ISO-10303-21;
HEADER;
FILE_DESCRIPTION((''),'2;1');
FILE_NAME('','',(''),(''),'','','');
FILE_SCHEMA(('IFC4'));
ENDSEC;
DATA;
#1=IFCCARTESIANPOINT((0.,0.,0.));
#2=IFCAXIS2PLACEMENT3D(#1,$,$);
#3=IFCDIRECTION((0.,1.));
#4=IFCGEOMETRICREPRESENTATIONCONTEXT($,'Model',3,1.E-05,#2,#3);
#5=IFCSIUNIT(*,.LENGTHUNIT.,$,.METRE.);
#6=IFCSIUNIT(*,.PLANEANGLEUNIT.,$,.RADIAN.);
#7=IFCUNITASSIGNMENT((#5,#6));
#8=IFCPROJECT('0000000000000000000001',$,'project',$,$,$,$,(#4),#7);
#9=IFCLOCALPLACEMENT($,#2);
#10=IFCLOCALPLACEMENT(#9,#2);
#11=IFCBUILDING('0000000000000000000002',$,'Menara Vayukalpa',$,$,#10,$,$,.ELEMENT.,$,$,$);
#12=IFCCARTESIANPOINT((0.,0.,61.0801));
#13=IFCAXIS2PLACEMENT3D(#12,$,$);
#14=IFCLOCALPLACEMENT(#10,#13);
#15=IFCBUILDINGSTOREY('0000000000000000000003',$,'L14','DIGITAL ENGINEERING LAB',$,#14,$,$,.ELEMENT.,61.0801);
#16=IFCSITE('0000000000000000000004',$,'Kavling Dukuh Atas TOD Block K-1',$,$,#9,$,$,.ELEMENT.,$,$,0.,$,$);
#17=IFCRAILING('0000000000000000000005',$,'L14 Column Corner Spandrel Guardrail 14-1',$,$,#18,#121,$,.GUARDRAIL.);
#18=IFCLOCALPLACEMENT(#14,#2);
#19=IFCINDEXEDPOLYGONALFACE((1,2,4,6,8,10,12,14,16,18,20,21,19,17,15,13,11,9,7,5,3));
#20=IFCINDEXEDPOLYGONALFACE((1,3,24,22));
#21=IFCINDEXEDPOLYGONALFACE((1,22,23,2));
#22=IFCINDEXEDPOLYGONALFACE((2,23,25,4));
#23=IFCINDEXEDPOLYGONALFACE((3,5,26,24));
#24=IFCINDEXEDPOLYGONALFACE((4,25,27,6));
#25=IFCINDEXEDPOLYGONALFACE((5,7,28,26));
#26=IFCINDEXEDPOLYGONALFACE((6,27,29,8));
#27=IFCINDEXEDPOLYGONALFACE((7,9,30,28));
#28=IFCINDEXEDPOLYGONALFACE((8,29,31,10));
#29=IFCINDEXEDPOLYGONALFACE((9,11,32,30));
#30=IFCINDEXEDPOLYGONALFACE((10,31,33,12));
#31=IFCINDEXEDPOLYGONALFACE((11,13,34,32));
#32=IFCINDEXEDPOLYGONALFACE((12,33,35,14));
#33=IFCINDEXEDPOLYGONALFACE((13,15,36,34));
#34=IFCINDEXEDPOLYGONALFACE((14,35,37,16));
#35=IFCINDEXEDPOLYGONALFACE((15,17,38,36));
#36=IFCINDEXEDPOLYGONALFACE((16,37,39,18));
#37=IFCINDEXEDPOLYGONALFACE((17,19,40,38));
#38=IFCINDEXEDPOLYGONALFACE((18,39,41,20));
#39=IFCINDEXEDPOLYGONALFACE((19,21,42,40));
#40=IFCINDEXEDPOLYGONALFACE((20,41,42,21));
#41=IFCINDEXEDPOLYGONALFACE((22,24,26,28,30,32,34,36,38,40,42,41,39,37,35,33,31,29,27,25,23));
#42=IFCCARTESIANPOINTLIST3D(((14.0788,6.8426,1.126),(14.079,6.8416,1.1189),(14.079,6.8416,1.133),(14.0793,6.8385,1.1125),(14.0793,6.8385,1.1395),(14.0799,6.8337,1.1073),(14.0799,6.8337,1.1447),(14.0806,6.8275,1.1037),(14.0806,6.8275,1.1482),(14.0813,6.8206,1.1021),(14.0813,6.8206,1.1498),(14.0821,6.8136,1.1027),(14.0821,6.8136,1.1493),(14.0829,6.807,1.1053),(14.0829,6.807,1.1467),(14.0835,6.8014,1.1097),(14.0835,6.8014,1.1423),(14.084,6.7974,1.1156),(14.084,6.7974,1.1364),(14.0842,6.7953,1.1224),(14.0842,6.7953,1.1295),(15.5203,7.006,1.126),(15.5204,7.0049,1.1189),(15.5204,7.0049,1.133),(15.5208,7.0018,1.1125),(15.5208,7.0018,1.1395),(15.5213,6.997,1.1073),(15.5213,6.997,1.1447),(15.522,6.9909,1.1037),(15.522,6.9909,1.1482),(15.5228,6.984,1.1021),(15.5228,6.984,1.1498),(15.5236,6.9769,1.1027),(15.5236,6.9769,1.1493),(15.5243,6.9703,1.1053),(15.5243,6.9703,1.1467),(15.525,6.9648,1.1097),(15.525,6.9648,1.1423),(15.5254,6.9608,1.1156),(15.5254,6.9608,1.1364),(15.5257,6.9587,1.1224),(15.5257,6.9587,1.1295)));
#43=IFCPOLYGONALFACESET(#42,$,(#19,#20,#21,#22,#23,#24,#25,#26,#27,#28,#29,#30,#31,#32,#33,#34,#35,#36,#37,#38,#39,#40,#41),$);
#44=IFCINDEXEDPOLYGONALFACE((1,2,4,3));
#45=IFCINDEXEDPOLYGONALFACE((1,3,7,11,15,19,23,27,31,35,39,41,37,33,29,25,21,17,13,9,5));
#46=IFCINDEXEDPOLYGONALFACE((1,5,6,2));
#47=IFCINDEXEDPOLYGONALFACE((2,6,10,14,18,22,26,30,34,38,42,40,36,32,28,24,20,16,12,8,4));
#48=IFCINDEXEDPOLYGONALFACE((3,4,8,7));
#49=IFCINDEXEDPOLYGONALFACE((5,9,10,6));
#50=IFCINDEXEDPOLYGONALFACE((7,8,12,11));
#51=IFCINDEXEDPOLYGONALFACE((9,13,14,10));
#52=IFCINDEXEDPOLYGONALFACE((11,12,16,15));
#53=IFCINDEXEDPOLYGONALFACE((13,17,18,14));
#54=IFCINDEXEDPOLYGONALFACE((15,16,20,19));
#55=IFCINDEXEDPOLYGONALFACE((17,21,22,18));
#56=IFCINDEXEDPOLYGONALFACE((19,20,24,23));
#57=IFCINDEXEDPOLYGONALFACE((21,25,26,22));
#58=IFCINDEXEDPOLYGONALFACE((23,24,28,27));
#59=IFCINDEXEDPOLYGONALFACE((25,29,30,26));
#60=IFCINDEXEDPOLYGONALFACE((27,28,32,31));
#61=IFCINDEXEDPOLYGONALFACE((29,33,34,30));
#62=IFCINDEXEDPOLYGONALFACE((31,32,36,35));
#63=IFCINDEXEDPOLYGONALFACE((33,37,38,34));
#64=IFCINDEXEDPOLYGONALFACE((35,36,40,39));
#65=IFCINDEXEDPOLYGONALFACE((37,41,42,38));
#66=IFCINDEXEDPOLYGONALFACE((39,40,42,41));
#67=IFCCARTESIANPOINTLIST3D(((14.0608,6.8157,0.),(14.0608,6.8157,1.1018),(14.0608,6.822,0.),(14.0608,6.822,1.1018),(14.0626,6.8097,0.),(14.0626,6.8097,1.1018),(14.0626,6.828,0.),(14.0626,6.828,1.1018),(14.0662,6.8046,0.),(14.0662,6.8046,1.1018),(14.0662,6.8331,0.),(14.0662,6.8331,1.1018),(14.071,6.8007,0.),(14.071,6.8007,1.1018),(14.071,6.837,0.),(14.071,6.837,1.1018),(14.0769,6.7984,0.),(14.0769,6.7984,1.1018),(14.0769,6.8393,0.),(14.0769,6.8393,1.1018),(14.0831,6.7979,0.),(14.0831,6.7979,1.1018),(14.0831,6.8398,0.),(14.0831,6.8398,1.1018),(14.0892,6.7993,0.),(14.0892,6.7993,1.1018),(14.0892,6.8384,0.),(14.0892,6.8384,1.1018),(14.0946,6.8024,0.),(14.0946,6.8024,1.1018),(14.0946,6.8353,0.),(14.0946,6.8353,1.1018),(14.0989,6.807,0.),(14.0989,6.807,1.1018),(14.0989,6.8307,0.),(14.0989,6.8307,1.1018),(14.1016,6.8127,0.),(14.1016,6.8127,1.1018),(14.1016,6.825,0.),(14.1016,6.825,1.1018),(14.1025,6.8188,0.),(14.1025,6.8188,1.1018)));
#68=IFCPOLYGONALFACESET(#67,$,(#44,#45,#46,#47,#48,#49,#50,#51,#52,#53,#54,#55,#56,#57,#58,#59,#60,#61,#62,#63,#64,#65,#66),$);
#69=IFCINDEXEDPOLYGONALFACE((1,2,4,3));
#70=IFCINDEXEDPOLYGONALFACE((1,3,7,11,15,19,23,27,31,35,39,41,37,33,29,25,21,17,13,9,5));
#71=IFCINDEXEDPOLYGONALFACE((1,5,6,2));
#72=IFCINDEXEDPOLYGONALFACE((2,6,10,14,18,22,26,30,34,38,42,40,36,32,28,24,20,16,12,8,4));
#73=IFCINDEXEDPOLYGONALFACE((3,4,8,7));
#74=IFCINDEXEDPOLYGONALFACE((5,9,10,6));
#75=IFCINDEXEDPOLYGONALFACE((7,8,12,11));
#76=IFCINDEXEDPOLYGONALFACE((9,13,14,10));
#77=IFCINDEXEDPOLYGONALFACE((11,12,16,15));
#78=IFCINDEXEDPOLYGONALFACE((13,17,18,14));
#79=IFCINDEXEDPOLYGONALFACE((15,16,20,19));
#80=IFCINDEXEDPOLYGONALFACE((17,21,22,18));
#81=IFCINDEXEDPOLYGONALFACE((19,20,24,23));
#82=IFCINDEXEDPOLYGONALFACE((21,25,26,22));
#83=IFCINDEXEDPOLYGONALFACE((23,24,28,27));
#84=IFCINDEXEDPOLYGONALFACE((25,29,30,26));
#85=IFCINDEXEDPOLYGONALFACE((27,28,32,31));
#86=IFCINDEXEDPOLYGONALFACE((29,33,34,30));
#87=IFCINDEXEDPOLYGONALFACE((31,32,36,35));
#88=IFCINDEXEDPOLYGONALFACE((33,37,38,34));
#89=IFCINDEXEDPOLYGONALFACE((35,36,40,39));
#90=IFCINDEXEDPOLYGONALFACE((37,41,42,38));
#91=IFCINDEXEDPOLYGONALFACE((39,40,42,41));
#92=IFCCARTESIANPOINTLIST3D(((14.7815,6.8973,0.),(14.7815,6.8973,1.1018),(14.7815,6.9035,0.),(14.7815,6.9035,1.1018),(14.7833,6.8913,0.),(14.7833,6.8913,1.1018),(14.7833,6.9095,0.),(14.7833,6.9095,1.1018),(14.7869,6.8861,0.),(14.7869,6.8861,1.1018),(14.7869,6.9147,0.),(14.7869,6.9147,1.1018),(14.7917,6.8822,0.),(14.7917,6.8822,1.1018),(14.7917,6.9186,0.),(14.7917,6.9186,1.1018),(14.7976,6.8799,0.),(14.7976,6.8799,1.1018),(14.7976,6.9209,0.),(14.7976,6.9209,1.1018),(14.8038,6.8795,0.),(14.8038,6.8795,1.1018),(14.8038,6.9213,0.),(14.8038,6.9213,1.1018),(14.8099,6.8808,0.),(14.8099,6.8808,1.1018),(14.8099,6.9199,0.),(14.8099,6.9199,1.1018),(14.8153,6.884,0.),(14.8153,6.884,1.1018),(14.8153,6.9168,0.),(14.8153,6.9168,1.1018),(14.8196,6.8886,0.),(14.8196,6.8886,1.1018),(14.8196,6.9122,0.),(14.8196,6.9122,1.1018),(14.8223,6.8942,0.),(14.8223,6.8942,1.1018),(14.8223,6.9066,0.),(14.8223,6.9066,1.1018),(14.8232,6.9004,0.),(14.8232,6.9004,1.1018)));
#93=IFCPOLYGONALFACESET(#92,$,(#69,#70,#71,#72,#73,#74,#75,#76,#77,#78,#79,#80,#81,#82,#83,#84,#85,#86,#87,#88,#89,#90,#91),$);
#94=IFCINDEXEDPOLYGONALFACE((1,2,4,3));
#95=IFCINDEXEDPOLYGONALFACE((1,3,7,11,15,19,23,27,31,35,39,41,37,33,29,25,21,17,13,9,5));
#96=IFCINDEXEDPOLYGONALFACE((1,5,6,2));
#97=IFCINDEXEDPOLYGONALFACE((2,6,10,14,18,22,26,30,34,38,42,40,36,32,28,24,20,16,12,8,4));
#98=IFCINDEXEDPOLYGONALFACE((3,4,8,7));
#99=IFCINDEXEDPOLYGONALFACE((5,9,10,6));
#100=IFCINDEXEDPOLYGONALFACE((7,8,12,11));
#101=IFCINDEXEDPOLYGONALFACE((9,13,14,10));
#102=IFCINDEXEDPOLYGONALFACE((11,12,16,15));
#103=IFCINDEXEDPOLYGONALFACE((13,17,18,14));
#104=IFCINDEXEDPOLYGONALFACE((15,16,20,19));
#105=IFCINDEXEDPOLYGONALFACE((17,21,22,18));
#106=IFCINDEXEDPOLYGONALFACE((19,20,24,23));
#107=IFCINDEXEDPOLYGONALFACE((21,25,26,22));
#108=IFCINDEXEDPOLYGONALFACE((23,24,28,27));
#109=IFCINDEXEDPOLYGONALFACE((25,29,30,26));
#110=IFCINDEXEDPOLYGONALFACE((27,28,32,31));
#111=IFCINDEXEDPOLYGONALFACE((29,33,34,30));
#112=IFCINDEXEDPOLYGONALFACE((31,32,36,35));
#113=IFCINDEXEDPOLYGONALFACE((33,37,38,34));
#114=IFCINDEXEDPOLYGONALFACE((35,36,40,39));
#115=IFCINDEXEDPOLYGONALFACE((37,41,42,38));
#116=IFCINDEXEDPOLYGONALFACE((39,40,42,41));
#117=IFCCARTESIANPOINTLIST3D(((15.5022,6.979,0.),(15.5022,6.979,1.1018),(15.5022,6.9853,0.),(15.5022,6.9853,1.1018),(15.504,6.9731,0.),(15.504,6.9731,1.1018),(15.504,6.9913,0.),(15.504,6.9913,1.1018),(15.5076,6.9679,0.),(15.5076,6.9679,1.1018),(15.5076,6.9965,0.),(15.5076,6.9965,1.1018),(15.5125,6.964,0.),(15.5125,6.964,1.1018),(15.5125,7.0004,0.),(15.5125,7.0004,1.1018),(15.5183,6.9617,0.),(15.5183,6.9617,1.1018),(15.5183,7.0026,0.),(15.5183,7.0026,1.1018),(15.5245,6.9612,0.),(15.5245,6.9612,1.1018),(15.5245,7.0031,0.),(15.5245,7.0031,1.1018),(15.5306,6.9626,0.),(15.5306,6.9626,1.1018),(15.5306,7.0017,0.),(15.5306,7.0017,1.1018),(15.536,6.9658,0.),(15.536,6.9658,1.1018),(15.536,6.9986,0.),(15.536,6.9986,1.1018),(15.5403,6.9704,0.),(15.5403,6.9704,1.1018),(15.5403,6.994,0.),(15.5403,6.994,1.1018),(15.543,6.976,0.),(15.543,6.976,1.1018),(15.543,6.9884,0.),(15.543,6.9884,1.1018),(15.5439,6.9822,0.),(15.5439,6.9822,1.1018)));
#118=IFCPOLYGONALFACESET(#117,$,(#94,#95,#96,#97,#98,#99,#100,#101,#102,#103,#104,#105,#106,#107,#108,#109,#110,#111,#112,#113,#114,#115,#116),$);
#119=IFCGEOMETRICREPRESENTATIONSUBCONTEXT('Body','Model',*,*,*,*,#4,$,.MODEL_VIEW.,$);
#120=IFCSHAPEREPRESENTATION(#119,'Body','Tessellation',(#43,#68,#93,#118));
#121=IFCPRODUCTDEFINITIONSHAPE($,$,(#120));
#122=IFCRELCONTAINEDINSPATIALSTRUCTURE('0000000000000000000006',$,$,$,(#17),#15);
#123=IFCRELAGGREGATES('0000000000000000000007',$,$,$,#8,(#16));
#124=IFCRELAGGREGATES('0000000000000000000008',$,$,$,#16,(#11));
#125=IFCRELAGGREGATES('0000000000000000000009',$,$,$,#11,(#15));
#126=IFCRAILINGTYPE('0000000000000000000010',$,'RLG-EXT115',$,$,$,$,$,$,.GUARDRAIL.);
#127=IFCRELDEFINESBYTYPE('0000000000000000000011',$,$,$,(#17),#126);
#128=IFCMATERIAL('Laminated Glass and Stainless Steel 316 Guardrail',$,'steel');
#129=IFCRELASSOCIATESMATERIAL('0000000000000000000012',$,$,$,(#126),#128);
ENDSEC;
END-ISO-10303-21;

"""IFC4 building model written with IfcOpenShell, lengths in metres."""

from ifc_helpers import new_model, si_unit, direction, frame, origin, origin_2d, place, context, subcontext, project, spatial, circle, extrude, material, type_object, element, save


model = new_model("IFC4")

# Units and contexts
model_context = context("Model", 3, precision=1e-05, world=origin(), true_north=direction((0.0, 1.0)))
body_context = subcontext(model_context, "Body", "Model", "MODEL_VIEW")
ifc_project = project(units=[si_unit("LENGTHUNIT", "METRE"), si_unit("PLANEANGLEUNIT", "RADIAN")], contexts=[model_context])

# Site, building, storey
site_placement = place(None, origin())
site = spatial("IfcSite", under=ifc_project, at=site_placement, Name="Kavling Dukuh Atas TOD Block K-1", CompositionType="ELEMENT", RefElevation=0.0)
building_placement = place(site_placement, origin())
building = spatial("IfcBuilding", under=site, at=building_placement, Name="Menara Vayukalpa", CompositionType="ELEMENT")
storey_placement = place(building_placement, frame((0.0, 0.0, 61.0801)))
storey = spatial("IfcBuildingStorey", under=building, at=storey_placement, Name="L14", Description="DIGITAL ENGINEERING LAB", CompositionType="ELEMENT", Elevation=61.0801)

# Railing
ifc_material_1 = material(Name="Laminated Glass and Stainless Steel 316 Guardrail", Category="steel")
railing_type = type_object("IfcRailingType", Name="RLG-EXT115", PredefinedType="GUARDRAIL", material=ifc_material_1)
railing_1_placement = place(storey_placement, frame((14.0815, 6.8188, 0.0)))
element("IfcRailing", 1, at=railing_1_placement, inside=storey, type_object=railing_type, Name="L14 Column Corner Spandrel Guardrail 14-1", PredefinedType="GUARDRAIL", context=body_context, shape_type="SweptSolid", body=[
    extrude(circle(Radius=0.0239, at=origin_2d()), frame((0.0, 0.0, 1.126), z_axis=(0.993641, 0.112592, 0.0), x_axis=(-0.112592, 0.993641, 0.0)), (0.0, 0.0, 1.0), 1.4507),
    extrude(circle(Radius=0.021, at=origin_2d()), origin(), (0.0, 0.0, 1.0), 1.1018),
    extrude(circle(Radius=0.021, at=origin_2d()), frame((0.7207, 0.0815, 0.0)), (0.0, 0.0, 1.0), 1.1018),
    extrude(circle(Radius=0.021, at=origin_2d()), frame((1.4414, 0.1633, 0.0)), (0.0, 0.0, 1.0), 1.1018),
])

save(model, "model.ifc")
